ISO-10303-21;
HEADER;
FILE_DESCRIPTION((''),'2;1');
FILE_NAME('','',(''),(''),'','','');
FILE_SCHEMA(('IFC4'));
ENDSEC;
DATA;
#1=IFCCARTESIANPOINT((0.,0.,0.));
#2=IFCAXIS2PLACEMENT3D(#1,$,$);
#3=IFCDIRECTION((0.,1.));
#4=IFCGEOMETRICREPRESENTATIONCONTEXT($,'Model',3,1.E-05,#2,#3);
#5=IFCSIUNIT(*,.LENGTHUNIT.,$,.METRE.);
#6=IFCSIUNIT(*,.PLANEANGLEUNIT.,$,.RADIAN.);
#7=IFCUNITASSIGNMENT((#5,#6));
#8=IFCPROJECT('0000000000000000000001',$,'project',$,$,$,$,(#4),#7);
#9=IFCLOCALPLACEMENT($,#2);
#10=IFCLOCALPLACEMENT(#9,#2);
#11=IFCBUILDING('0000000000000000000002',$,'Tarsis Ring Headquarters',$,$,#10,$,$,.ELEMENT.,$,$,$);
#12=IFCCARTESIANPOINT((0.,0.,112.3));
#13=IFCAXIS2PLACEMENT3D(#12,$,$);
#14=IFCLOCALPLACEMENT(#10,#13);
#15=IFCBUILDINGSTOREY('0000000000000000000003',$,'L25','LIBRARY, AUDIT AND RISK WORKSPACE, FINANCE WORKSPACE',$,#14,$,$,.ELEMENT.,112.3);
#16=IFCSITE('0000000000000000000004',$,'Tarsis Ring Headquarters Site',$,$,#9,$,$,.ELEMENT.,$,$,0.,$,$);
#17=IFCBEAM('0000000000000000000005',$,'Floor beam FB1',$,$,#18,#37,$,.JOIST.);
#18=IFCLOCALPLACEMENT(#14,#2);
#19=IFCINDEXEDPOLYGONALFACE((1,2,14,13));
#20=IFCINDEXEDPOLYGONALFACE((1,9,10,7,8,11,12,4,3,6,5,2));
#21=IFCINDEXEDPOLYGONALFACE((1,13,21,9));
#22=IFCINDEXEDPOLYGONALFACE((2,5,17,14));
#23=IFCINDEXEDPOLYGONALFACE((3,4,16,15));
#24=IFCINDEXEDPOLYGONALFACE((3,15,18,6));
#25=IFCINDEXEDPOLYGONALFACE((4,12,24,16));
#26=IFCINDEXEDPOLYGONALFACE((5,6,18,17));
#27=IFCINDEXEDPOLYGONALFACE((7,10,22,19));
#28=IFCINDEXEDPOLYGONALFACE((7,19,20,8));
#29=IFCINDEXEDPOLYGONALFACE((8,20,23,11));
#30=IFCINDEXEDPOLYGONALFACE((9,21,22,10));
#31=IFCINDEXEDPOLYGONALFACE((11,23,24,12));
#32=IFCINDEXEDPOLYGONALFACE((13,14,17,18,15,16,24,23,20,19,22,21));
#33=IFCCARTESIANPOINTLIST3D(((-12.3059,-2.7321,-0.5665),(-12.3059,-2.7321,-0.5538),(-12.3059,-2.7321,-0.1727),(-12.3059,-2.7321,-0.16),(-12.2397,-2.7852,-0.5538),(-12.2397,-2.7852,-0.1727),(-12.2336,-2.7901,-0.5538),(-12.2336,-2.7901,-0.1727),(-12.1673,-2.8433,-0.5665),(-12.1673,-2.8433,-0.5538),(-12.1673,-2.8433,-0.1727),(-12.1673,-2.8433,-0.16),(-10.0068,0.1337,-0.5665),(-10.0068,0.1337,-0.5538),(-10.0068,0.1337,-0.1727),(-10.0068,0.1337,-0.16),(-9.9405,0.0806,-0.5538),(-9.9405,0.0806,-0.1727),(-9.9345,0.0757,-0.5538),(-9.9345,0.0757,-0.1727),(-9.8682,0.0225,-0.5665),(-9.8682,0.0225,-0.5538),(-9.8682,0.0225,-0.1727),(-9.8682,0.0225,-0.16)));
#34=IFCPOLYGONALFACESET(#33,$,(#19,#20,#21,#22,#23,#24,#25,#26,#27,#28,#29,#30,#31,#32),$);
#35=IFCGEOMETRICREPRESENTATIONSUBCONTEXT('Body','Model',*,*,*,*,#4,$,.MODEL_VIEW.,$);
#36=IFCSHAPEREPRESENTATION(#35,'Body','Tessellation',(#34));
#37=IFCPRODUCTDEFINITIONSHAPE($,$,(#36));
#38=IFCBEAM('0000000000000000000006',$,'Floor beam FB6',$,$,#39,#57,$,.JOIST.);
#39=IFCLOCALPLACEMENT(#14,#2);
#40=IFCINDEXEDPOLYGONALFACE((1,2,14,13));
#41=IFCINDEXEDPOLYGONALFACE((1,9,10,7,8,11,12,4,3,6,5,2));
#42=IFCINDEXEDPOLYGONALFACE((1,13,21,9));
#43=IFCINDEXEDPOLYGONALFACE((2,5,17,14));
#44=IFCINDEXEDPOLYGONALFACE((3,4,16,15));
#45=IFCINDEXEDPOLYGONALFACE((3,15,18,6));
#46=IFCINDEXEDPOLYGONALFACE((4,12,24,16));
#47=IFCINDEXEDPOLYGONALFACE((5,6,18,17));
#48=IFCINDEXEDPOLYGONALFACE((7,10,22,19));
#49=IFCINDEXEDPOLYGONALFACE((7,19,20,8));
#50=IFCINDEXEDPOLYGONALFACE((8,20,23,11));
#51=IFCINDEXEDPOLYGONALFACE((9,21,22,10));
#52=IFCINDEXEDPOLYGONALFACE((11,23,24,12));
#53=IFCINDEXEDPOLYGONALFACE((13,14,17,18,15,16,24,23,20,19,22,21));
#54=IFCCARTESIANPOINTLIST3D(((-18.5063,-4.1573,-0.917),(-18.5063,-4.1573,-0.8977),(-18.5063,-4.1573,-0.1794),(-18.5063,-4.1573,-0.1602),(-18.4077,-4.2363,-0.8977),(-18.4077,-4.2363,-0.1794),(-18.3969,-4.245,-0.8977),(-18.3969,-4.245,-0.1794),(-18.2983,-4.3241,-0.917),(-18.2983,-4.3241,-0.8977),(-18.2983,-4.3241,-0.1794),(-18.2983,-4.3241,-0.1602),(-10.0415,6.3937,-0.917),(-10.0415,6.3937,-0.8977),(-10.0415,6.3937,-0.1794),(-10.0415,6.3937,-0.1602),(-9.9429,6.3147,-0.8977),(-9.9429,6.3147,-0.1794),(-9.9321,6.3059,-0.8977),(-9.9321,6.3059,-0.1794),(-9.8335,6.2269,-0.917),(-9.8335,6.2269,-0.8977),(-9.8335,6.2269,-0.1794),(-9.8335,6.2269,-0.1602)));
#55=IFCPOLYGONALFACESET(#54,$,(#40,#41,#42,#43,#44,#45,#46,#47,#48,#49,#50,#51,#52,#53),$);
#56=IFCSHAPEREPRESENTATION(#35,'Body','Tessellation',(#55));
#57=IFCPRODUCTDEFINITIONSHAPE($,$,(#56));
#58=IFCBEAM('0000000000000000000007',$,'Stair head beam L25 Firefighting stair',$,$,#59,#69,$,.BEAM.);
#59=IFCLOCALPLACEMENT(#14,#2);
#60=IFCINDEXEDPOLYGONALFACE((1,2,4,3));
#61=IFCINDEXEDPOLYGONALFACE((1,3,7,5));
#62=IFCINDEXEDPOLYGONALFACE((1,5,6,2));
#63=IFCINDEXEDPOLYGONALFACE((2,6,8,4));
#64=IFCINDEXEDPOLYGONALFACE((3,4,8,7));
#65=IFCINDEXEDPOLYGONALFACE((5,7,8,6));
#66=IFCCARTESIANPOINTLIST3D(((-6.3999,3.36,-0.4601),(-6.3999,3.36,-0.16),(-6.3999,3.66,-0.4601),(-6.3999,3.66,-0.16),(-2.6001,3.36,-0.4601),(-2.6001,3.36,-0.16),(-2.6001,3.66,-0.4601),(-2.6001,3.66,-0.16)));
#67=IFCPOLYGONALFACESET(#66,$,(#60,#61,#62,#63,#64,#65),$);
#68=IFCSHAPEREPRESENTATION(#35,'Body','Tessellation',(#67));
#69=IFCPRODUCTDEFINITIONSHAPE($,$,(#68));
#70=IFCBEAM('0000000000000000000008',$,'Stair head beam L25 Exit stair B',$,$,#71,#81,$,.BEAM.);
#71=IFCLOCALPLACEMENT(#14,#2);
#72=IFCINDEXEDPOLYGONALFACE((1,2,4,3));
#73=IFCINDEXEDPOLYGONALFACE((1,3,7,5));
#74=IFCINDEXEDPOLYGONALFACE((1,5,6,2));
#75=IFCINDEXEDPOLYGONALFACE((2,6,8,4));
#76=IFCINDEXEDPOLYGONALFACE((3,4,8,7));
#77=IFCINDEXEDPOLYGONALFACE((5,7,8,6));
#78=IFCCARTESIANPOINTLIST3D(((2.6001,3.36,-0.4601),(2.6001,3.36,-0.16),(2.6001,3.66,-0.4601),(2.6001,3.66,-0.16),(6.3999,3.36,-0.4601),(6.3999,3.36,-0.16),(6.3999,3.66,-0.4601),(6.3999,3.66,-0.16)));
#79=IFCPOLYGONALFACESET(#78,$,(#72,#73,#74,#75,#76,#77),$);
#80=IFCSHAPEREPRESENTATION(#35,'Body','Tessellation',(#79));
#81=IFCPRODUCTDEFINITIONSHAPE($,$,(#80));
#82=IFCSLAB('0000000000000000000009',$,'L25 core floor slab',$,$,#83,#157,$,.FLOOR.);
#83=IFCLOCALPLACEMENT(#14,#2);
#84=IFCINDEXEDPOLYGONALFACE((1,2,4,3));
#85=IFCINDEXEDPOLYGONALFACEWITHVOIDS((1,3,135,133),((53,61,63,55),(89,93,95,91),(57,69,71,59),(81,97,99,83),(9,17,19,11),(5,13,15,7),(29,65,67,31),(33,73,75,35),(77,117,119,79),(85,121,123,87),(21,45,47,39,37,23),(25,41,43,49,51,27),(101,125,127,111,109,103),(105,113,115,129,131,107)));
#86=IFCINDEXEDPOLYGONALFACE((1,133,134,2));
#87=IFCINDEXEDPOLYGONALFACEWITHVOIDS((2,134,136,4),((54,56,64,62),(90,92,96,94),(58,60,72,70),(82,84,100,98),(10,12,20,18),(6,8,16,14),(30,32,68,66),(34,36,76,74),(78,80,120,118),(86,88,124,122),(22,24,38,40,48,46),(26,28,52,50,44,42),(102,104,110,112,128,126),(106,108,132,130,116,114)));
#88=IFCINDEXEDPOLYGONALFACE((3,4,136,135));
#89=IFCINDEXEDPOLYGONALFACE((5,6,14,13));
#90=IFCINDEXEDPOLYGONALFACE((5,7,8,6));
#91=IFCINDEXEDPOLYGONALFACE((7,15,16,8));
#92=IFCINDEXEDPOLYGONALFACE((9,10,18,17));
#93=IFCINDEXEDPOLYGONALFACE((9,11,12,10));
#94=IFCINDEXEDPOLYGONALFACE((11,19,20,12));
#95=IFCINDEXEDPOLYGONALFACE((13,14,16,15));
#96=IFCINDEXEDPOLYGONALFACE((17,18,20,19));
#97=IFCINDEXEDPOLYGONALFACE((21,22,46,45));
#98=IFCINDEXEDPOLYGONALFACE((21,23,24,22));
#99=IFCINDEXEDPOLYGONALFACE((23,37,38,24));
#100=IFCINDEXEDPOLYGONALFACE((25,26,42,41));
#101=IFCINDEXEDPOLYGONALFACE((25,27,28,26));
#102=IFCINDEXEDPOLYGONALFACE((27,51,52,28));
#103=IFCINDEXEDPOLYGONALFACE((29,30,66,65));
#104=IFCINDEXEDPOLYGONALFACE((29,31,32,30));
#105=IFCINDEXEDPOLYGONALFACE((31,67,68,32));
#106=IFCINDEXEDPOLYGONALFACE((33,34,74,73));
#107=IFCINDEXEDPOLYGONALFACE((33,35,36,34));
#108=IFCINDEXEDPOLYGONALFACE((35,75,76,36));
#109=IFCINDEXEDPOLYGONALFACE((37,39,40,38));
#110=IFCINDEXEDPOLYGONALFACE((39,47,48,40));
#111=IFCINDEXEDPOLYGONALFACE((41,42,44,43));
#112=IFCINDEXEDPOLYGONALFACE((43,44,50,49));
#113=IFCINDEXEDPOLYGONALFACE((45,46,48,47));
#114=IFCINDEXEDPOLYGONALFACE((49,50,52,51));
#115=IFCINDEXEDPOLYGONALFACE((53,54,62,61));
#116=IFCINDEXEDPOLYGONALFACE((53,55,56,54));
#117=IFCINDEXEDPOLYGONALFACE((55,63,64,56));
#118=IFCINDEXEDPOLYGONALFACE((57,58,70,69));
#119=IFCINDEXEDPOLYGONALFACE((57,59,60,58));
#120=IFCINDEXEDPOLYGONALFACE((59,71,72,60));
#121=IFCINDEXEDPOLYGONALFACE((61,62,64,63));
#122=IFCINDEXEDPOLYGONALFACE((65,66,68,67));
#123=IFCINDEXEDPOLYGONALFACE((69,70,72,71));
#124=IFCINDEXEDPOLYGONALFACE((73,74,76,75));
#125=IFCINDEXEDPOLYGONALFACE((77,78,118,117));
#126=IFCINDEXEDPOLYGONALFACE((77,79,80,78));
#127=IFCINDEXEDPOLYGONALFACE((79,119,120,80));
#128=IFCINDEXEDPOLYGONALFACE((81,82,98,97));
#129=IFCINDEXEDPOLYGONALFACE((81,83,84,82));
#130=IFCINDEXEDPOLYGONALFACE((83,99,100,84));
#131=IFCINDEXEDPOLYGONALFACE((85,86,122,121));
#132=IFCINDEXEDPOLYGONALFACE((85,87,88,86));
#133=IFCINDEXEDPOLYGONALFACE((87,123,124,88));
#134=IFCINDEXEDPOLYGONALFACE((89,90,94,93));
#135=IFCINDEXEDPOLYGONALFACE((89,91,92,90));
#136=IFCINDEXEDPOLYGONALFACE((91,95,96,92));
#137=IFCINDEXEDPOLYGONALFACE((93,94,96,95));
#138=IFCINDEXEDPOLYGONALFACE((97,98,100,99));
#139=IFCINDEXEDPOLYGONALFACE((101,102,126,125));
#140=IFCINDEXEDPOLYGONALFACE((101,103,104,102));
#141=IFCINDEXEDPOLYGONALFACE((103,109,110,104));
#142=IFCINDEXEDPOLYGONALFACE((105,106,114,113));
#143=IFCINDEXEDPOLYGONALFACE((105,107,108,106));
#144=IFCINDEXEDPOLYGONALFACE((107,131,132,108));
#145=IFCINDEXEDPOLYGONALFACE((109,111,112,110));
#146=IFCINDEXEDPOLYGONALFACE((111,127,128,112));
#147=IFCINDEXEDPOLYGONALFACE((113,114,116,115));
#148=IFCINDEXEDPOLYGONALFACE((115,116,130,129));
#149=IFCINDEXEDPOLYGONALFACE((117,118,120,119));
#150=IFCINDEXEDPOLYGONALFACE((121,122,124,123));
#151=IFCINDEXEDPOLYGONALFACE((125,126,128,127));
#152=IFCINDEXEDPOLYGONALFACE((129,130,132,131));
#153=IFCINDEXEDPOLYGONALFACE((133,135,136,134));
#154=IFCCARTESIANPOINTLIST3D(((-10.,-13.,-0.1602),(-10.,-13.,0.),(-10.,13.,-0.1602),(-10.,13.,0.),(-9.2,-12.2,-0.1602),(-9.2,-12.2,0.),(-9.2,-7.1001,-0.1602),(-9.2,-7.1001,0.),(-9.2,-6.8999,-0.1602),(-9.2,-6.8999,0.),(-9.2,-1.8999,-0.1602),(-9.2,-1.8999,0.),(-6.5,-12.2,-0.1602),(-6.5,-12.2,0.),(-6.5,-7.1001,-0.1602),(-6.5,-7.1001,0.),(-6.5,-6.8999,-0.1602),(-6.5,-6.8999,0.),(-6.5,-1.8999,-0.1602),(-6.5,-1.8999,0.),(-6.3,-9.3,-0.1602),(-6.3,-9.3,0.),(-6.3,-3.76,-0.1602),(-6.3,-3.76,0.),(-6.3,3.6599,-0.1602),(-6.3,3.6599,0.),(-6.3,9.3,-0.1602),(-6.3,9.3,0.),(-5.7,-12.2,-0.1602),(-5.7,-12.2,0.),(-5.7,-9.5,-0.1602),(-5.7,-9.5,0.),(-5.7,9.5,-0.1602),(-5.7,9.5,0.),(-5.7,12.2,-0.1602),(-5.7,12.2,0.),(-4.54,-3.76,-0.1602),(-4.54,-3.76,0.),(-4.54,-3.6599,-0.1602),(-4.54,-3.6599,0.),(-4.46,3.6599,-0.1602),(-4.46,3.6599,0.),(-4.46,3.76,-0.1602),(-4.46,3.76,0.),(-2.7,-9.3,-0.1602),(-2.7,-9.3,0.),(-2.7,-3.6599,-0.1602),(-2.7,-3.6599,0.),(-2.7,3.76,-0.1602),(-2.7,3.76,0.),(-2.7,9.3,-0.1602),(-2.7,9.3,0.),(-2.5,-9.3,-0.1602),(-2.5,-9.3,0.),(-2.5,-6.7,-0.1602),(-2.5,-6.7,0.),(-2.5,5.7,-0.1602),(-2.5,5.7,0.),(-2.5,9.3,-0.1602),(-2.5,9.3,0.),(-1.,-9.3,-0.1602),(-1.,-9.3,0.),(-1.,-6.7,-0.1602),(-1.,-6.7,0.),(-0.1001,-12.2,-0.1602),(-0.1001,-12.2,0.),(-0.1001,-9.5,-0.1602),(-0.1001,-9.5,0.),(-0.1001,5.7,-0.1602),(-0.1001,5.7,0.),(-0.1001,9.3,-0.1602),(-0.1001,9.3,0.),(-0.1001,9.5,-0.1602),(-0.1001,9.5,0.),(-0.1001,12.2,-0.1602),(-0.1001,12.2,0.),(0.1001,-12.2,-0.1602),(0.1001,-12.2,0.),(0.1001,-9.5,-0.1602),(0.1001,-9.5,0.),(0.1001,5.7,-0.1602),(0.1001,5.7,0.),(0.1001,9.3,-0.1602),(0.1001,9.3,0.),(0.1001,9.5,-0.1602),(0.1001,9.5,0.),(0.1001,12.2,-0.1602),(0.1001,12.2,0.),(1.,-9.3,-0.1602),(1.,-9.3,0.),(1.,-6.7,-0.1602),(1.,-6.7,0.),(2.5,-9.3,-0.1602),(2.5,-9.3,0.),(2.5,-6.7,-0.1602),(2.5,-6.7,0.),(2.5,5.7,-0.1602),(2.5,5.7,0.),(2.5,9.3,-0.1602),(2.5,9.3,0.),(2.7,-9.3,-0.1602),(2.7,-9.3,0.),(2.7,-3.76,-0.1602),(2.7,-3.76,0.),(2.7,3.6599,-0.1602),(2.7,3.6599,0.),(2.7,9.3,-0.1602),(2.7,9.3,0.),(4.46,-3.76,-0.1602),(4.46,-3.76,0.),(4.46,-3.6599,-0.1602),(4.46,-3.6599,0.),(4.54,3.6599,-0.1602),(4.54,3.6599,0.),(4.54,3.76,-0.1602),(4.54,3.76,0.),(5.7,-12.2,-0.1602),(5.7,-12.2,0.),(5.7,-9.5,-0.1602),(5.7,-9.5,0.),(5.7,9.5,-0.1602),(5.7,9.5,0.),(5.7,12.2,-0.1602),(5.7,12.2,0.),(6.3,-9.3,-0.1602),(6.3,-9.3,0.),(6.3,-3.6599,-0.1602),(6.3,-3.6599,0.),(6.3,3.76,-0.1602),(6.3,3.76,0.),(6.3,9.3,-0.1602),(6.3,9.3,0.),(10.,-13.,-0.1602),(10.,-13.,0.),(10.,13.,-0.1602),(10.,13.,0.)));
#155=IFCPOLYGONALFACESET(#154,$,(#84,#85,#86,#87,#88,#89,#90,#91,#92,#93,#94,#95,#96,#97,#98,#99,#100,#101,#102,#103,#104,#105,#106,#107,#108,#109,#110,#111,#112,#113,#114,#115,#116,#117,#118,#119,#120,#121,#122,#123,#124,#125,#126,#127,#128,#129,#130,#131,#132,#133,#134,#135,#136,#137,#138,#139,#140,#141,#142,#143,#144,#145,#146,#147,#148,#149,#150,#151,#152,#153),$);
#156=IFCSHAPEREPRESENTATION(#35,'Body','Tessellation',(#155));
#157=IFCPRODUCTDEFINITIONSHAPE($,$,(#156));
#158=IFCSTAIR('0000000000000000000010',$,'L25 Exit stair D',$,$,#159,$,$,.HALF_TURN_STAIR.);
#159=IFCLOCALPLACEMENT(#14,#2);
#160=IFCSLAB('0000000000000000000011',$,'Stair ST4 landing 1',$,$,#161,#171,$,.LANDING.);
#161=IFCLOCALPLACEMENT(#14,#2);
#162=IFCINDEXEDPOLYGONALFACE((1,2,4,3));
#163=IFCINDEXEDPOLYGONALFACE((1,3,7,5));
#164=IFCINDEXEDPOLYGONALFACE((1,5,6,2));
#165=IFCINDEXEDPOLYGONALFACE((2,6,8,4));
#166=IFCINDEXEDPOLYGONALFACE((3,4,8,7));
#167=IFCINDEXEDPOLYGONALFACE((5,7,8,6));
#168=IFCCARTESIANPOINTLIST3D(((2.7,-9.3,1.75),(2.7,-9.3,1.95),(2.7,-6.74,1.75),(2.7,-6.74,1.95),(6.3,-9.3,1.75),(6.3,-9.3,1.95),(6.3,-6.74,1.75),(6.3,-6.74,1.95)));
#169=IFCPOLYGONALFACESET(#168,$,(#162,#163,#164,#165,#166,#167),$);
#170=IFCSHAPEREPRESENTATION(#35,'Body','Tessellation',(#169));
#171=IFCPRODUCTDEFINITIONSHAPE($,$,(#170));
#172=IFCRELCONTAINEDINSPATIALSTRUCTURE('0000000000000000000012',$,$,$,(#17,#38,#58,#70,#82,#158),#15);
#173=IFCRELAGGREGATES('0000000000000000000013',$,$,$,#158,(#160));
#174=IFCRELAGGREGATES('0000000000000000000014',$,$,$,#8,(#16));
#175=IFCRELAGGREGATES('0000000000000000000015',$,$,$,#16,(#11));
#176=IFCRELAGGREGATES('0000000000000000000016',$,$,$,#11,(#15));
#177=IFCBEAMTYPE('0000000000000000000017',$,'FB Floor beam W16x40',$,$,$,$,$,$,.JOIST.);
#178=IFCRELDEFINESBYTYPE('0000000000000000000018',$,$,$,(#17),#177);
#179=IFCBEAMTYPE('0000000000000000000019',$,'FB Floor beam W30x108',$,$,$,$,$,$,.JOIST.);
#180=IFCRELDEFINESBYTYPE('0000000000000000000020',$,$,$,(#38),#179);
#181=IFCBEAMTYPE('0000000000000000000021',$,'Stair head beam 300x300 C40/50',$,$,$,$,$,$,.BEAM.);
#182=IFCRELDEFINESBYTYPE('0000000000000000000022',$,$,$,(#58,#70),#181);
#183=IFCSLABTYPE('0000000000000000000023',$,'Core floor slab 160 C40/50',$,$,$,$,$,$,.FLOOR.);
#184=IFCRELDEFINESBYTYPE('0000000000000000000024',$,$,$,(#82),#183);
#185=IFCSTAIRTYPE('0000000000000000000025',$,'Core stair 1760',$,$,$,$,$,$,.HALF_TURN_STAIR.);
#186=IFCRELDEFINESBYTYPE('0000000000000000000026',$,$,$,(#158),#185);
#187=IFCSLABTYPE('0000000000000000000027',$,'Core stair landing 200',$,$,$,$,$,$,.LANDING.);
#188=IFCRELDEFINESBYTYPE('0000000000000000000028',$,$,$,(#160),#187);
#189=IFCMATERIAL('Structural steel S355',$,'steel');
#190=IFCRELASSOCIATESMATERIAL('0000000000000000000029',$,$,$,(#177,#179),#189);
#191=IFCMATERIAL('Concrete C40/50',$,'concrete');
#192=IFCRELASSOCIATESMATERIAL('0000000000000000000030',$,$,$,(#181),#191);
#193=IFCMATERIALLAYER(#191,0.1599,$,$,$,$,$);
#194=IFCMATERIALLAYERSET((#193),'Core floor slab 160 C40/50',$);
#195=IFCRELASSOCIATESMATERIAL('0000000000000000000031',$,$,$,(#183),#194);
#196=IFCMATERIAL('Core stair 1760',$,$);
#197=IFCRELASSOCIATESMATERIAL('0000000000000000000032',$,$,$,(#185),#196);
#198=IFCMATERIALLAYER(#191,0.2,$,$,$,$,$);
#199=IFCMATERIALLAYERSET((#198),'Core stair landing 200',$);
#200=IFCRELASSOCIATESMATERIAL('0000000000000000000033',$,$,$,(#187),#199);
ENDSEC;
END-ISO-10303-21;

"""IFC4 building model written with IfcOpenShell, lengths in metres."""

from ifc_helpers import new_model, si_unit, direction, frame, origin, origin_2d, place, context, subcontext, project, spatial, polyline, rectangle, i_section, outline, extrude, material, layer, layer_set, material_profile, profile_set, type_object, element, aggregate, save


model = new_model("IFC4")

# Units and contexts
model_context = context("Model", 3, precision=1e-05, world=origin(), true_north=direction((0.0, 1.0)))
body_context = subcontext(model_context, "Body", "Model", "MODEL_VIEW")
ifc_project = project(units=[si_unit("LENGTHUNIT", "METRE"), si_unit("PLANEANGLEUNIT", "RADIAN")], contexts=[model_context])

# Site, building, storey
site_placement = place(None, origin())
site = spatial("IfcSite", under=ifc_project, at=site_placement, Name="Tarsis Ring Headquarters Site", CompositionType="ELEMENT", RefElevation=0.0)
building_placement = place(site_placement, origin())
building = spatial("IfcBuilding", under=site, at=building_placement, Name="Tarsis Ring Headquarters", CompositionType="ELEMENT")
storey_placement = place(building_placement, frame((0.0, 0.0, 112.3)))
storey = spatial("IfcBuildingStorey", under=building, at=storey_placement, Name="L25", Description="LIBRARY, AUDIT AND RISK WORKSPACE, FINANCE WORKSPACE", CompositionType="ELEMENT", Elevation=112.3)

# Beams
ifc_material_1 = material(Name="Structural steel S355", Category="steel")
ifc_material_profile_1 = material_profile(ifc_material_1, i_section(OverallWidth=0.1777, OverallDepth=0.4065, WebThickness=0.0078, FlangeThickness=0.0127, at=origin_2d()), Name="W16x40")
ifc_profile_set_1 = profile_set([ifc_material_profile_1], Name="Structural steel S355")
beam_type_1 = type_object("IfcBeamType", Name="FB Floor beam W16x40", PredefinedType="JOIST", material=ifc_profile_set_1)
beam_1_placement = place(storey_placement, frame((-9.9375, 0.0781, -0.3633), z_axis=(-0.625772, -0.780006, 0.0), x_axis=(0.780006, -0.625772, 0.0)))
element("IfcBeam", 1, at=beam_1_placement, inside=storey, type_object=beam_type_1, Name="Floor beam FB1", PredefinedType="JOIST", context=body_context, shape_type="SweptSolid", body=[
    extrude(i_section(OverallWidth=0.1777, OverallDepth=0.4065, WebThickness=0.0078, FlangeThickness=0.0127, at=origin_2d()), origin(), (0.0, 0.0, 1.0), 3.6741),
])
ifc_material_profile_2 = material_profile(ifc_material_1, i_section(OverallWidth=0.2666, OverallDepth=0.7568, WebThickness=0.0139, FlangeThickness=0.0193, at=origin_2d()), Name="W30x108")
ifc_profile_set_2 = profile_set([ifc_material_profile_2], Name="Structural steel S355")
beam_type_2 = type_object("IfcBeamType", Name="FB Floor beam W30x108", PredefinedType="JOIST", material=ifc_profile_set_2)
beam_2_placement = place(storey_placement, frame((-9.9375, 6.3103, -0.5386), z_axis=(-0.625777, -0.780002, 0.0), x_axis=(0.780002, -0.625777, 0.0)))
element("IfcBeam", 2, at=beam_2_placement, inside=storey, type_object=beam_type_2, Name="Floor beam FB6", PredefinedType="JOIST", context=body_context, shape_type="SweptSolid", body=[
    extrude(i_section(OverallWidth=0.2666, OverallDepth=0.7568, WebThickness=0.0139, FlangeThickness=0.0193, at=origin_2d()), origin(), (0.0, 0.0, 1.0), 13.5269),
])
ifc_material_2 = material(Name="Concrete C40/50", Category="concrete")
ifc_material_profile_3 = material_profile(ifc_material_2, rectangle(XDim=0.3, YDim=0.3, at=origin_2d()), Name="Stair head beam 300x300 C40/50")
ifc_profile_set_3 = profile_set([ifc_material_profile_3], Name="Concrete C40/50")
beam_type_3 = type_object("IfcBeamType", Name="Stair head beam 300x300 C40/50", PredefinedType="BEAM", material=ifc_profile_set_3)
for number, where, z_axis, x_axis, name in (
    (3, (-6.3999, 3.51, -0.3101), (1.0, 0.0, 0.0), (0.0, 1.0, 0.0), "Stair head beam L25 Firefighting stair"),
    (4, (2.6001, 3.51, -0.3101), (1.0, 0.0, 0.0), (0.0, 1.0, 0.0), "Stair head beam L25 Exit stair B"),
):
    element("IfcBeam", number, at=place(storey_placement, frame(where, z_axis=z_axis, x_axis=x_axis)), inside=storey, type_object=beam_type_3, Name=name, PredefinedType="BEAM", context=body_context, shape_type="SweptSolid", body=[
        extrude(rectangle(XDim=0.3, YDim=0.3, at=origin_2d()), origin(), (0.0, 0.0, 1.0), 3.7998),
    ])

# Slab
ifc_layer_1 = layer(ifc_material_2, 0.1599)
ifc_layer_set_1 = layer_set([ifc_layer_1], Name="Core floor slab 160 C40/50")
slab_type_1 = type_object("IfcSlabType", Name="Core floor slab 160 C40/50", PredefinedType="FLOOR", material=ifc_layer_set_1)
slab_1_placement = place(storey_placement, frame((0.0, 0.0, -0.1602)))
element("IfcSlab", 5, at=slab_1_placement, inside=storey, type_object=slab_type_1, Name="L25 core floor slab", PredefinedType="FLOOR", context=body_context, shape_type="SweptSolid", body=[
    extrude(outline(polyline([(-10.0, -13.0), (10.0, -13.0), (10.0, 13.0), (-10.0, 13.0), (-10.0, -13.0)]), holes=[polyline([(-2.5, 5.7), (-0.1001, 5.7), (-0.1001, 9.3), (-2.5, 9.3), (-2.5, 5.7)]), polyline([(0.1001, 5.7), (2.5, 5.7), (2.5, 9.3), (0.1001, 9.3), (0.1001, 5.7)]), polyline([(-9.2, -12.2), (-6.5, -12.2), (-6.5, -7.1001), (-9.2, -7.1001), (-9.2, -12.2)]), polyline([(-9.2, -6.8999), (-6.5, -6.8999), (-6.5, -1.8999), (-9.2, -1.8999), (-9.2, -6.8999)]), polyline([(-5.7, 9.5), (-0.1001, 9.5), (-0.1001, 12.2), (-5.7, 12.2), (-5.7, 9.5)]), polyline([(0.1001, 9.5), (5.7, 9.5), (5.7, 12.2), (0.1001, 12.2), (0.1001, 9.5)]), polyline([(-5.7, -12.2), (-0.1001, -12.2), (-0.1001, -9.5), (-5.7, -9.5), (-5.7, -12.2)]), polyline([(0.1001, -12.2), (5.7, -12.2), (5.7, -9.5), (0.1001, -9.5), (0.1001, -12.2)]), polyline([(-2.5, -9.3), (-1.0, -9.3), (-1.0, -6.7), (-2.5, -6.7), (-2.5, -9.3)]), polyline([(1.0, -9.3), (2.5, -9.3), (2.5, -6.7), (1.0, -6.7), (1.0, -9.3)]), polyline([(-2.7, 3.76), (-2.7, 9.3), (-6.3, 9.3), (-6.3, 3.6599), (-4.46, 3.6599), (-4.46, 3.76), (-2.7, 3.76)]), polyline([(6.3, 3.76), (6.3, 9.3), (2.7, 9.3), (2.7, 3.6599), (4.54, 3.6599), (4.54, 3.76), (6.3, 3.76)]), polyline([(-6.3, -3.76), (-6.3, -9.3), (-2.7, -9.3), (-2.7, -3.6599), (-4.54, -3.6599), (-4.54, -3.76), (-6.3, -3.76)]), polyline([(2.7, -3.76), (2.7, -9.3), (6.3, -9.3), (6.3, -3.6599), (4.46, -3.6599), (4.46, -3.76), (2.7, -3.76)])]), origin(), (0.0, 0.0, 1.0), 0.1602),
])

# Stair, slab
ifc_material_3 = material(Name="Core stair 1760")
stair_type = type_object("IfcStairType", Name="Core stair 1760", PredefinedType="HALF_TURN_STAIR", material=ifc_material_3)
stair_placement = place(storey_placement, origin())
stair = element("IfcStair", 6, at=stair_placement, inside=storey, type_object=stair_type, Name="L25 Exit stair D", PredefinedType="HALF_TURN_STAIR")
ifc_layer_2 = layer(ifc_material_2, 0.2)
ifc_layer_set_2 = layer_set([ifc_layer_2], Name="Core stair landing 200")
slab_type_2 = type_object("IfcSlabType", Name="Core stair landing 200", PredefinedType="LANDING", material=ifc_layer_set_2)
slab_2_placement = place(storey_placement, frame((0.0, 0.0, 1.75)))
slab_2 = element("IfcSlab", 7, at=slab_2_placement, type_object=slab_type_2, Name="Stair ST4 landing 1", PredefinedType="LANDING", context=body_context, shape_type="SweptSolid", body=[
    extrude(outline(polyline([(2.7, -6.74), (2.7, -9.3), (6.3, -9.3), (6.3, -6.74), (2.7, -6.74)])), origin(), (0.0, 0.0, 1.0), 0.2),
])
aggregate(stair, [slab_2])

save(model, "model.ifc")
